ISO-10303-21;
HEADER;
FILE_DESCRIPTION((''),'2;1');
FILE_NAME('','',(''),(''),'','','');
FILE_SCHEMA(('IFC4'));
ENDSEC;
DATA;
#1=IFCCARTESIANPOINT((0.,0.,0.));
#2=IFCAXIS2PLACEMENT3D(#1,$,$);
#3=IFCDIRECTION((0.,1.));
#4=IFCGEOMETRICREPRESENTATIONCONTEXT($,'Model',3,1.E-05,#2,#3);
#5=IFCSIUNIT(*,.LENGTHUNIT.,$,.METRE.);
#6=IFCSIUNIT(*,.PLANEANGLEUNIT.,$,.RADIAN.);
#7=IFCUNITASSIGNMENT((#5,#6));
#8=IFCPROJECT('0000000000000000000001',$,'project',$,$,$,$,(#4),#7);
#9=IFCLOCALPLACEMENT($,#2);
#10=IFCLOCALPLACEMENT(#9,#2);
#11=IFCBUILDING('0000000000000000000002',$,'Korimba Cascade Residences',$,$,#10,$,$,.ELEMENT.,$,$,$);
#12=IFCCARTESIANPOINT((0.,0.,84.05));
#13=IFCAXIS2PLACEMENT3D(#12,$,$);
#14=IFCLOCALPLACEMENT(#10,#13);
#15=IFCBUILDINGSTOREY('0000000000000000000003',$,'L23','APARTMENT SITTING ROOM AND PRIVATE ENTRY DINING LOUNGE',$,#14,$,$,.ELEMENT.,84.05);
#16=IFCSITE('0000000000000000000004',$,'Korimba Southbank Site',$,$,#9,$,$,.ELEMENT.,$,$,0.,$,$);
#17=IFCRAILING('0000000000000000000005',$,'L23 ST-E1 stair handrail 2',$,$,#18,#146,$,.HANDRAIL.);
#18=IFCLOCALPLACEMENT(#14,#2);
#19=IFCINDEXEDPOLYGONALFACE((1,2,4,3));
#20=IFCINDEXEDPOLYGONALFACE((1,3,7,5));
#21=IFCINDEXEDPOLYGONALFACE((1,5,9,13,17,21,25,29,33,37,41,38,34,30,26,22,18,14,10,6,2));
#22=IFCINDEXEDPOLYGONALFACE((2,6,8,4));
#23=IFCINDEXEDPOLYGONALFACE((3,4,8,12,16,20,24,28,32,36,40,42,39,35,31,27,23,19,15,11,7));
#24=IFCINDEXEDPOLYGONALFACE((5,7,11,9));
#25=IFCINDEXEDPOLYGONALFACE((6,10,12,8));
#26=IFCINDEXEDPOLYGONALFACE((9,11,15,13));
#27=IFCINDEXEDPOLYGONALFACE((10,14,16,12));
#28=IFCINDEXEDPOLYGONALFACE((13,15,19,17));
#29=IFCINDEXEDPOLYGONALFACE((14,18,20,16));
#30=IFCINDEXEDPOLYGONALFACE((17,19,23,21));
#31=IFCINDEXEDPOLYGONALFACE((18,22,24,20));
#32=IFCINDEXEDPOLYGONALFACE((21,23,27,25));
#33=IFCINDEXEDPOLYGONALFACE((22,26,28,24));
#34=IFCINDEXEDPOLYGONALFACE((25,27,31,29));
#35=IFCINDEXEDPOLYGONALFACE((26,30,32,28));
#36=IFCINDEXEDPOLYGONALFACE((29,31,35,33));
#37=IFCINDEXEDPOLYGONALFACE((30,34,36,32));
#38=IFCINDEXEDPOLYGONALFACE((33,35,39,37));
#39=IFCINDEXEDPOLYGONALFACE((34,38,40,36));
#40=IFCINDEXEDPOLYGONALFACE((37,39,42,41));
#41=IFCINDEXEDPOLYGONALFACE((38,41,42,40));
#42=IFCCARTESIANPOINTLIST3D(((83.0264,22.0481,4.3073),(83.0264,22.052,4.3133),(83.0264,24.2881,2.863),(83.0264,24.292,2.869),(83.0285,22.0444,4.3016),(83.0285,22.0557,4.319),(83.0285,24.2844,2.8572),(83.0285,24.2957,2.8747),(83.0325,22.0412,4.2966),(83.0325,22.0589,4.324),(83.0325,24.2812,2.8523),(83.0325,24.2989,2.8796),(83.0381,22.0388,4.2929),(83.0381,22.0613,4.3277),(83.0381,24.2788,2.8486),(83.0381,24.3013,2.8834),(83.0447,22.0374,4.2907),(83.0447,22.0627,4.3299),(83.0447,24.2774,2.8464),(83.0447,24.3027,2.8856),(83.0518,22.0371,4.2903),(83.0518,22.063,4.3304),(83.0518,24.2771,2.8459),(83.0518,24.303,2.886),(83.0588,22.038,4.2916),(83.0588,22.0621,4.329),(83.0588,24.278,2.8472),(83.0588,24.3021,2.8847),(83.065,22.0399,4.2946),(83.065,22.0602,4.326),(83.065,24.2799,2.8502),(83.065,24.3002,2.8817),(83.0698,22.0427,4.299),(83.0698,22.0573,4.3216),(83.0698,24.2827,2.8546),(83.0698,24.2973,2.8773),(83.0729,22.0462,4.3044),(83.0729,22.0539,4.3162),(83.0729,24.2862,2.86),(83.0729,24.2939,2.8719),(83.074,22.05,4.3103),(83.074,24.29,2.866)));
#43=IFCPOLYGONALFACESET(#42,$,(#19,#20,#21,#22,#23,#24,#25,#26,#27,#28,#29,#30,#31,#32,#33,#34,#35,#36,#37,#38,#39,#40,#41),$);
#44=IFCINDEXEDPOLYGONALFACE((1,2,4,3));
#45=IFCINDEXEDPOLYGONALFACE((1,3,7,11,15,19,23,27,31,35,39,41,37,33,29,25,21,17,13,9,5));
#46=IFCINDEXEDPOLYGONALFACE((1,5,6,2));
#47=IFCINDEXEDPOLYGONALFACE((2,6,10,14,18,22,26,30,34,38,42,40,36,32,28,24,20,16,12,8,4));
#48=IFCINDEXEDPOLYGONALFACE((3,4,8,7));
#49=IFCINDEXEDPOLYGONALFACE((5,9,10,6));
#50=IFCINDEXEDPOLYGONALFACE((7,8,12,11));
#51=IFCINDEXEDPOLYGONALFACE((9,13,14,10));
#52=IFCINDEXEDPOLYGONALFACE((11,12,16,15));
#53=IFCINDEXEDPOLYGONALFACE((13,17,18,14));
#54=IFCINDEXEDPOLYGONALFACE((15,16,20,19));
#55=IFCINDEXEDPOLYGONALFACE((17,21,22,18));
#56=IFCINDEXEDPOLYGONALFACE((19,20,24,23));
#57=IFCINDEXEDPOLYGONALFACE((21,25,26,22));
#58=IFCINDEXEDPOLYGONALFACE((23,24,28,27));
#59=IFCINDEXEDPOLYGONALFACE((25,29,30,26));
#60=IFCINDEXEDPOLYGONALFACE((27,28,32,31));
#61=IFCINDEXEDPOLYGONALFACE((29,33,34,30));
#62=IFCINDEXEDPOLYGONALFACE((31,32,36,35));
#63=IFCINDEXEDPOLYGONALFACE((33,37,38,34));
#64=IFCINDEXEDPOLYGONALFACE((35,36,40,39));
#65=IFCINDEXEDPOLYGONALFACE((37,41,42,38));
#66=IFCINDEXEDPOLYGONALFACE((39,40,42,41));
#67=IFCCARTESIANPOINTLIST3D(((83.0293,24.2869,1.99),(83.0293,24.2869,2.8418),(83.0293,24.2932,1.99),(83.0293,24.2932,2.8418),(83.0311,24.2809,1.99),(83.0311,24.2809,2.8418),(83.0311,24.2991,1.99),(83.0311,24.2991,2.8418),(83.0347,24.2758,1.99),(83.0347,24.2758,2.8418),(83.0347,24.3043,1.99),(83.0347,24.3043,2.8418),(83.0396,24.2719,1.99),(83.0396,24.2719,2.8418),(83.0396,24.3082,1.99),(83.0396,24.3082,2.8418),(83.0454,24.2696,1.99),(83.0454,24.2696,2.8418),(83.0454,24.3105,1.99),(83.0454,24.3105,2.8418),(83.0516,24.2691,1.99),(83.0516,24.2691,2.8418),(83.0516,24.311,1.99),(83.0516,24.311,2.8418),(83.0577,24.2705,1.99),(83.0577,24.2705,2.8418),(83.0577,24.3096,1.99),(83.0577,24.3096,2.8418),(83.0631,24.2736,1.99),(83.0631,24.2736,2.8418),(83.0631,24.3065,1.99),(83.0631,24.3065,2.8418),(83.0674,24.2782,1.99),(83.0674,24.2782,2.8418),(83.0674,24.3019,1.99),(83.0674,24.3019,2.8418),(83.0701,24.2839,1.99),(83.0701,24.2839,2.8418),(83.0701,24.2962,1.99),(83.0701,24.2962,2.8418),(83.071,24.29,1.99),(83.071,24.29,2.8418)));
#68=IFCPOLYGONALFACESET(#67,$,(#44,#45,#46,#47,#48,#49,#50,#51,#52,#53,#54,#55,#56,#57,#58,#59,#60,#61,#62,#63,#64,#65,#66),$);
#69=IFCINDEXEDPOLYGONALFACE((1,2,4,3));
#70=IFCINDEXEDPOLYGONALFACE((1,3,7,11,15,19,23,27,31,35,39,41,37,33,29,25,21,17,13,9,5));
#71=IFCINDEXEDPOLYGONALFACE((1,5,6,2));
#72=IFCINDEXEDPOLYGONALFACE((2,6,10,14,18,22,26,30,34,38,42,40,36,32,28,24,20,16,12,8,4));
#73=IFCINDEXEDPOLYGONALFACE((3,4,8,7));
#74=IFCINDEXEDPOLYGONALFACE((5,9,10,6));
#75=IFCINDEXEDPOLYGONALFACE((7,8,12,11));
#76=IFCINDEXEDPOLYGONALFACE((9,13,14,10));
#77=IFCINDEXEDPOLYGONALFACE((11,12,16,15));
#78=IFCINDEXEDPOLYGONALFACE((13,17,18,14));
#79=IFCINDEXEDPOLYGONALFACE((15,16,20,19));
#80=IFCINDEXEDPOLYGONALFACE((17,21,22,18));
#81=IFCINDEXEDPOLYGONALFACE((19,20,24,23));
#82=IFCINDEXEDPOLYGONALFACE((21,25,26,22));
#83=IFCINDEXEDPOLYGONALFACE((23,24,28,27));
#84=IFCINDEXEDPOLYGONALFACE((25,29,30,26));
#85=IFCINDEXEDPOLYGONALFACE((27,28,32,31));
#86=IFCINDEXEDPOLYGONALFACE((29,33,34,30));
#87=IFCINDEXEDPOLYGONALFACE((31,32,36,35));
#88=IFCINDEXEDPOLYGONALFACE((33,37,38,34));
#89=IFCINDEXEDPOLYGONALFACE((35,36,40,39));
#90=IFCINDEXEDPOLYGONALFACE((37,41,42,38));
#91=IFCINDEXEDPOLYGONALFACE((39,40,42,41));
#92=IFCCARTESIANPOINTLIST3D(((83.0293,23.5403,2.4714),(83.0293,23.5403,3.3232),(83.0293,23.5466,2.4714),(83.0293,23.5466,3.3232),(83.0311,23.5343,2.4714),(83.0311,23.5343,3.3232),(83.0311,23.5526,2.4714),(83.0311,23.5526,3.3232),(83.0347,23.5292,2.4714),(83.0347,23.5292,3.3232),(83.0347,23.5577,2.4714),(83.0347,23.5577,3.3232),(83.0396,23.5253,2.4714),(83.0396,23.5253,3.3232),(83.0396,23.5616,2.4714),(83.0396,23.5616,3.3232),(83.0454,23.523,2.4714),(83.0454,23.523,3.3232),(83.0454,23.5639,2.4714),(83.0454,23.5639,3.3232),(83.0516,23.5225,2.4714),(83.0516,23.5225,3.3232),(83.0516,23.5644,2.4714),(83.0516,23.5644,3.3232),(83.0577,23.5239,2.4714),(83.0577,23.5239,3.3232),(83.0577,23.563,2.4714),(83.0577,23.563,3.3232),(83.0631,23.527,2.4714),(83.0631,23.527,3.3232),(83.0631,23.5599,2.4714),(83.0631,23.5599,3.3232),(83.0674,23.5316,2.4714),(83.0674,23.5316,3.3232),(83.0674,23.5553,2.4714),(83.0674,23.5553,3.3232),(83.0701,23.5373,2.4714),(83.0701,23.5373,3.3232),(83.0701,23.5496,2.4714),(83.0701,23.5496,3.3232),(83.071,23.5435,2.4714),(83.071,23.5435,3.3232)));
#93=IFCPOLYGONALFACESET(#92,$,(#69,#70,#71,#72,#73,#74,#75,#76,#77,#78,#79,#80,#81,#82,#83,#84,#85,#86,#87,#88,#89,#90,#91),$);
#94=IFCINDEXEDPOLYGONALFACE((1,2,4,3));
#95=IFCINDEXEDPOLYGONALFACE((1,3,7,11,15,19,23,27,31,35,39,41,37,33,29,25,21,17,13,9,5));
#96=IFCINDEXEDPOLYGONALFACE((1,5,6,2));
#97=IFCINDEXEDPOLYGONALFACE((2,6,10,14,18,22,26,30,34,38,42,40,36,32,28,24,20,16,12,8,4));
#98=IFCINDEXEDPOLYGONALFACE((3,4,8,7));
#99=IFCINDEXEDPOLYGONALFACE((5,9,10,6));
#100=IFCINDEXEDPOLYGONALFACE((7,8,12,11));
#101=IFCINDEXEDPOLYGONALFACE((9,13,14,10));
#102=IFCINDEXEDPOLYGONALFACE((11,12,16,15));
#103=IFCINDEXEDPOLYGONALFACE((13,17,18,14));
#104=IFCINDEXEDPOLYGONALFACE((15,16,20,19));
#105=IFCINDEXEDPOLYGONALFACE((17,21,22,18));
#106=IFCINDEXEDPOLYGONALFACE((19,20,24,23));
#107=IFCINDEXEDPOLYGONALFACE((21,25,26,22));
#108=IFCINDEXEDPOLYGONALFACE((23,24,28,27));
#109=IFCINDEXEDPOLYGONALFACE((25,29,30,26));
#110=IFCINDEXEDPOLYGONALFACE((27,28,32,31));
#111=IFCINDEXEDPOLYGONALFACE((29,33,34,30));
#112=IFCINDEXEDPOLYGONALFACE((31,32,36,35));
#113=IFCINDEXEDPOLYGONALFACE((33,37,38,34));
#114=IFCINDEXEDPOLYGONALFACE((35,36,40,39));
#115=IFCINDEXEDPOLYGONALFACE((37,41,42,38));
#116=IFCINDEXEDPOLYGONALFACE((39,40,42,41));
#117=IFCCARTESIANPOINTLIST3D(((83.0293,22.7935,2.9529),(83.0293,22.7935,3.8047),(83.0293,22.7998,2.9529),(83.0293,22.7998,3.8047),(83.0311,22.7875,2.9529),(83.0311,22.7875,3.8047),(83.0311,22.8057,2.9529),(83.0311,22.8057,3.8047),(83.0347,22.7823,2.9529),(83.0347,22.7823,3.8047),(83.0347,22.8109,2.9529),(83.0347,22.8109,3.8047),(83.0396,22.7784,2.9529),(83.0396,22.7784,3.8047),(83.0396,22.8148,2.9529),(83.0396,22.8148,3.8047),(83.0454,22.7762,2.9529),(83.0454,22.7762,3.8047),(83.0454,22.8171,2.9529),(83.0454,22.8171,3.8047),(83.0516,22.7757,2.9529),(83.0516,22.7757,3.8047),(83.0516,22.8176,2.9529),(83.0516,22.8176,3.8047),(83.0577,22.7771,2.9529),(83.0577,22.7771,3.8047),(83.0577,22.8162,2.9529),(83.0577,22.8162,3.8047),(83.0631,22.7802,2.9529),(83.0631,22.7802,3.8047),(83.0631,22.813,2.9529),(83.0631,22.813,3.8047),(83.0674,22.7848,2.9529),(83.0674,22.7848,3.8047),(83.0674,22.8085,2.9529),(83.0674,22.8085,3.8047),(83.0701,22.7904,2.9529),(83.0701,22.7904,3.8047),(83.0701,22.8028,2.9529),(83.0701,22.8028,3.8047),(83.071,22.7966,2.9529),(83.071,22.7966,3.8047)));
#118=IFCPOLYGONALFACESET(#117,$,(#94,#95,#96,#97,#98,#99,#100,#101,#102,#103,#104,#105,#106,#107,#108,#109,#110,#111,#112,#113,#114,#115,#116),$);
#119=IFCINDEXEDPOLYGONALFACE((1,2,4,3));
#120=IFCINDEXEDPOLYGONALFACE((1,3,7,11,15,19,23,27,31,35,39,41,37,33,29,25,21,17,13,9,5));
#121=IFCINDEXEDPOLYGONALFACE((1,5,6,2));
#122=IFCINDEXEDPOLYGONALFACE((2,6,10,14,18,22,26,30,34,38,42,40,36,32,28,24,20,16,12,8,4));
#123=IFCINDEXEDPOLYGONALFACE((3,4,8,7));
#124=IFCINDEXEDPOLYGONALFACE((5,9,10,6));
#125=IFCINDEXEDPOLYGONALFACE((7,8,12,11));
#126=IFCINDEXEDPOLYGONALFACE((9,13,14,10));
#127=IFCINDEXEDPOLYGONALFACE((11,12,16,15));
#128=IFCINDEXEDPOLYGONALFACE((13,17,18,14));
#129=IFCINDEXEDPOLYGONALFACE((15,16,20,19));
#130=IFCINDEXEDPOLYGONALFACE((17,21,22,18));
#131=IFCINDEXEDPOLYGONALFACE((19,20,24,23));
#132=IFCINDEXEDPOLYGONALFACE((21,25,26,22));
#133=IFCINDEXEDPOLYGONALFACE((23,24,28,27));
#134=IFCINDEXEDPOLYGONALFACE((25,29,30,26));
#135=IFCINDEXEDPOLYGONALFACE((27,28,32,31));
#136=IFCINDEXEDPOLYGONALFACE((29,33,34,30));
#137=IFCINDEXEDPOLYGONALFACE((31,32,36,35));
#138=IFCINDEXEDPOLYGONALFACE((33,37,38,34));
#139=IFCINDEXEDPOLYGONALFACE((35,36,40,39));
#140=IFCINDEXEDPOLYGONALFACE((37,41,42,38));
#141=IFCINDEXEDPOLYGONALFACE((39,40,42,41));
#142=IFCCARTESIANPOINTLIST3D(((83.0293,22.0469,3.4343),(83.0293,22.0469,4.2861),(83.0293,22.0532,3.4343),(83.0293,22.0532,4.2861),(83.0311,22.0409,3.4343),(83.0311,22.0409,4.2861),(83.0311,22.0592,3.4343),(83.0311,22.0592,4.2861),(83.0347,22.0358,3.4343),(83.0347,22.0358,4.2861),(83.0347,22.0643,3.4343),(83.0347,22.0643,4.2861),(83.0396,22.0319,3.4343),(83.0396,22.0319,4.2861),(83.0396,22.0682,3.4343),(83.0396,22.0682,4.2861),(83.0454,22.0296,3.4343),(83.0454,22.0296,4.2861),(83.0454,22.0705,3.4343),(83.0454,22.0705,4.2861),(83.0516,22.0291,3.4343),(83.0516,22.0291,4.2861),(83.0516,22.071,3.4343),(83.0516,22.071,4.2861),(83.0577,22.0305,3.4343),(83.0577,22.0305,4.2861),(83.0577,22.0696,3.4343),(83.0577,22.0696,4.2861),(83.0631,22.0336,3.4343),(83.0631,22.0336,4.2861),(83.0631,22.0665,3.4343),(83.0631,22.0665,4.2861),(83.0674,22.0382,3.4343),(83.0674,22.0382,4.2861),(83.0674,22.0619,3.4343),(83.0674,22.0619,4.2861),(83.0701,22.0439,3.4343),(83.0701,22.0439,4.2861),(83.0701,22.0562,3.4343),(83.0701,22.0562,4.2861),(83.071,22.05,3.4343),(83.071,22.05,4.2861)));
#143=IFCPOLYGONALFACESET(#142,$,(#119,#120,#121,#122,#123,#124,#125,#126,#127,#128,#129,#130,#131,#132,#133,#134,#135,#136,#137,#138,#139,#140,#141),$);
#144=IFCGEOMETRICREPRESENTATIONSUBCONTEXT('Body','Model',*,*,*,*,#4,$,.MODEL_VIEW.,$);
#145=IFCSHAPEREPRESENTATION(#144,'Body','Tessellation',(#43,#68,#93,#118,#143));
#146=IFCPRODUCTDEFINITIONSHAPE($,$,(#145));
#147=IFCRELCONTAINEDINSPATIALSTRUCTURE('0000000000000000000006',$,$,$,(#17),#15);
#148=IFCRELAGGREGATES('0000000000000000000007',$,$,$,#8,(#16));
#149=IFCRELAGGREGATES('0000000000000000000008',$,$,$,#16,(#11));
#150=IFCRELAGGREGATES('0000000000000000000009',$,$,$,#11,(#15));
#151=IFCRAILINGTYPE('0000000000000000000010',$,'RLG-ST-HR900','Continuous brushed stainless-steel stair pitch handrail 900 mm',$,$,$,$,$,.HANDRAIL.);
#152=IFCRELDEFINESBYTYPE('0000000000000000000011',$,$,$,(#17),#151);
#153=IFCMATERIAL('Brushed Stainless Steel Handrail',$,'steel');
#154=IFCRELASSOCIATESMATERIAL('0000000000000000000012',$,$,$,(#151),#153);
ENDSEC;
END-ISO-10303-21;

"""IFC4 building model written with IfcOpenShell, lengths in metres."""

from ifc_helpers import new_model, si_unit, direction, frame, origin, origin_2d, place, context, subcontext, project, spatial, circle, extrude, material, type_object, element, save


model = new_model("IFC4")

# Units and contexts
model_context = context("Model", 3, precision=1e-05, world=origin(), true_north=direction((0.0, 1.0)))
body_context = subcontext(model_context, "Body", "Model", "MODEL_VIEW")
ifc_project = project(units=[si_unit("LENGTHUNIT", "METRE"), si_unit("PLANEANGLEUNIT", "RADIAN")], contexts=[model_context])

# Site, building, storey
site_placement = place(None, origin())
site = spatial("IfcSite", under=ifc_project, at=site_placement, Name="Korimba Southbank Site", CompositionType="ELEMENT", RefElevation=0.0)
building_placement = place(site_placement, origin())
building = spatial("IfcBuilding", under=site, at=building_placement, Name="Korimba Cascade Residences", CompositionType="ELEMENT")
storey_placement = place(building_placement, frame((0.0, 0.0, 84.05)))
storey = spatial("IfcBuildingStorey", under=building, at=storey_placement, Name="L23", Description="APARTMENT SITTING ROOM AND PRIVATE ENTRY DINING LOUNGE", CompositionType="ELEMENT", Elevation=84.05)

# Railing
ifc_material_1 = material(Name="Brushed Stainless Steel Handrail", Category="steel")
railing_type_1 = type_object("IfcRailingType", Name="RLG-ST-HR900", Description="Continuous brushed stainless-steel stair pitch handrail 900 mm", PredefinedType="HANDRAIL", material=ifc_material_1)
railing_1_placement = place(storey_placement, frame((83.05, 24.29, 1.99)))
element("IfcRailing", 1, at=railing_1_placement, inside=storey, type_object=railing_type_1, Name="L23 ST-E1 stair handrail 2", PredefinedType="HANDRAIL", context=body_context, shape_type="SweptSolid", body=[
    extrude(circle(Radius=0.0239, at=origin_2d()), frame((0.0, 0.0, 0.876), z_axis=(0.0, -0.840437, 0.54191), x_axis=(1.0, 0.0, 0.0)), (0.0, 0.0, 1.0), 2.6653),
    extrude(circle(Radius=0.021, at=origin_2d()), origin(), (0.0, 0.0, 1.0), 0.8518),
    extrude(circle(Radius=0.021, at=origin_2d()), frame((0.0, -0.7466, 0.4814)), (0.0, 0.0, 1.0), 0.8518),
    extrude(circle(Radius=0.021, at=origin_2d()), frame((0.0, -1.4934, 0.9629)), (0.0, 0.0, 1.0), 0.8518),
    extrude(circle(Radius=0.021, at=origin_2d()), frame((0.0, -2.24, 1.4443)), (0.0, 0.0, 1.0), 0.8518),
])

save(model, "model.ifc")
